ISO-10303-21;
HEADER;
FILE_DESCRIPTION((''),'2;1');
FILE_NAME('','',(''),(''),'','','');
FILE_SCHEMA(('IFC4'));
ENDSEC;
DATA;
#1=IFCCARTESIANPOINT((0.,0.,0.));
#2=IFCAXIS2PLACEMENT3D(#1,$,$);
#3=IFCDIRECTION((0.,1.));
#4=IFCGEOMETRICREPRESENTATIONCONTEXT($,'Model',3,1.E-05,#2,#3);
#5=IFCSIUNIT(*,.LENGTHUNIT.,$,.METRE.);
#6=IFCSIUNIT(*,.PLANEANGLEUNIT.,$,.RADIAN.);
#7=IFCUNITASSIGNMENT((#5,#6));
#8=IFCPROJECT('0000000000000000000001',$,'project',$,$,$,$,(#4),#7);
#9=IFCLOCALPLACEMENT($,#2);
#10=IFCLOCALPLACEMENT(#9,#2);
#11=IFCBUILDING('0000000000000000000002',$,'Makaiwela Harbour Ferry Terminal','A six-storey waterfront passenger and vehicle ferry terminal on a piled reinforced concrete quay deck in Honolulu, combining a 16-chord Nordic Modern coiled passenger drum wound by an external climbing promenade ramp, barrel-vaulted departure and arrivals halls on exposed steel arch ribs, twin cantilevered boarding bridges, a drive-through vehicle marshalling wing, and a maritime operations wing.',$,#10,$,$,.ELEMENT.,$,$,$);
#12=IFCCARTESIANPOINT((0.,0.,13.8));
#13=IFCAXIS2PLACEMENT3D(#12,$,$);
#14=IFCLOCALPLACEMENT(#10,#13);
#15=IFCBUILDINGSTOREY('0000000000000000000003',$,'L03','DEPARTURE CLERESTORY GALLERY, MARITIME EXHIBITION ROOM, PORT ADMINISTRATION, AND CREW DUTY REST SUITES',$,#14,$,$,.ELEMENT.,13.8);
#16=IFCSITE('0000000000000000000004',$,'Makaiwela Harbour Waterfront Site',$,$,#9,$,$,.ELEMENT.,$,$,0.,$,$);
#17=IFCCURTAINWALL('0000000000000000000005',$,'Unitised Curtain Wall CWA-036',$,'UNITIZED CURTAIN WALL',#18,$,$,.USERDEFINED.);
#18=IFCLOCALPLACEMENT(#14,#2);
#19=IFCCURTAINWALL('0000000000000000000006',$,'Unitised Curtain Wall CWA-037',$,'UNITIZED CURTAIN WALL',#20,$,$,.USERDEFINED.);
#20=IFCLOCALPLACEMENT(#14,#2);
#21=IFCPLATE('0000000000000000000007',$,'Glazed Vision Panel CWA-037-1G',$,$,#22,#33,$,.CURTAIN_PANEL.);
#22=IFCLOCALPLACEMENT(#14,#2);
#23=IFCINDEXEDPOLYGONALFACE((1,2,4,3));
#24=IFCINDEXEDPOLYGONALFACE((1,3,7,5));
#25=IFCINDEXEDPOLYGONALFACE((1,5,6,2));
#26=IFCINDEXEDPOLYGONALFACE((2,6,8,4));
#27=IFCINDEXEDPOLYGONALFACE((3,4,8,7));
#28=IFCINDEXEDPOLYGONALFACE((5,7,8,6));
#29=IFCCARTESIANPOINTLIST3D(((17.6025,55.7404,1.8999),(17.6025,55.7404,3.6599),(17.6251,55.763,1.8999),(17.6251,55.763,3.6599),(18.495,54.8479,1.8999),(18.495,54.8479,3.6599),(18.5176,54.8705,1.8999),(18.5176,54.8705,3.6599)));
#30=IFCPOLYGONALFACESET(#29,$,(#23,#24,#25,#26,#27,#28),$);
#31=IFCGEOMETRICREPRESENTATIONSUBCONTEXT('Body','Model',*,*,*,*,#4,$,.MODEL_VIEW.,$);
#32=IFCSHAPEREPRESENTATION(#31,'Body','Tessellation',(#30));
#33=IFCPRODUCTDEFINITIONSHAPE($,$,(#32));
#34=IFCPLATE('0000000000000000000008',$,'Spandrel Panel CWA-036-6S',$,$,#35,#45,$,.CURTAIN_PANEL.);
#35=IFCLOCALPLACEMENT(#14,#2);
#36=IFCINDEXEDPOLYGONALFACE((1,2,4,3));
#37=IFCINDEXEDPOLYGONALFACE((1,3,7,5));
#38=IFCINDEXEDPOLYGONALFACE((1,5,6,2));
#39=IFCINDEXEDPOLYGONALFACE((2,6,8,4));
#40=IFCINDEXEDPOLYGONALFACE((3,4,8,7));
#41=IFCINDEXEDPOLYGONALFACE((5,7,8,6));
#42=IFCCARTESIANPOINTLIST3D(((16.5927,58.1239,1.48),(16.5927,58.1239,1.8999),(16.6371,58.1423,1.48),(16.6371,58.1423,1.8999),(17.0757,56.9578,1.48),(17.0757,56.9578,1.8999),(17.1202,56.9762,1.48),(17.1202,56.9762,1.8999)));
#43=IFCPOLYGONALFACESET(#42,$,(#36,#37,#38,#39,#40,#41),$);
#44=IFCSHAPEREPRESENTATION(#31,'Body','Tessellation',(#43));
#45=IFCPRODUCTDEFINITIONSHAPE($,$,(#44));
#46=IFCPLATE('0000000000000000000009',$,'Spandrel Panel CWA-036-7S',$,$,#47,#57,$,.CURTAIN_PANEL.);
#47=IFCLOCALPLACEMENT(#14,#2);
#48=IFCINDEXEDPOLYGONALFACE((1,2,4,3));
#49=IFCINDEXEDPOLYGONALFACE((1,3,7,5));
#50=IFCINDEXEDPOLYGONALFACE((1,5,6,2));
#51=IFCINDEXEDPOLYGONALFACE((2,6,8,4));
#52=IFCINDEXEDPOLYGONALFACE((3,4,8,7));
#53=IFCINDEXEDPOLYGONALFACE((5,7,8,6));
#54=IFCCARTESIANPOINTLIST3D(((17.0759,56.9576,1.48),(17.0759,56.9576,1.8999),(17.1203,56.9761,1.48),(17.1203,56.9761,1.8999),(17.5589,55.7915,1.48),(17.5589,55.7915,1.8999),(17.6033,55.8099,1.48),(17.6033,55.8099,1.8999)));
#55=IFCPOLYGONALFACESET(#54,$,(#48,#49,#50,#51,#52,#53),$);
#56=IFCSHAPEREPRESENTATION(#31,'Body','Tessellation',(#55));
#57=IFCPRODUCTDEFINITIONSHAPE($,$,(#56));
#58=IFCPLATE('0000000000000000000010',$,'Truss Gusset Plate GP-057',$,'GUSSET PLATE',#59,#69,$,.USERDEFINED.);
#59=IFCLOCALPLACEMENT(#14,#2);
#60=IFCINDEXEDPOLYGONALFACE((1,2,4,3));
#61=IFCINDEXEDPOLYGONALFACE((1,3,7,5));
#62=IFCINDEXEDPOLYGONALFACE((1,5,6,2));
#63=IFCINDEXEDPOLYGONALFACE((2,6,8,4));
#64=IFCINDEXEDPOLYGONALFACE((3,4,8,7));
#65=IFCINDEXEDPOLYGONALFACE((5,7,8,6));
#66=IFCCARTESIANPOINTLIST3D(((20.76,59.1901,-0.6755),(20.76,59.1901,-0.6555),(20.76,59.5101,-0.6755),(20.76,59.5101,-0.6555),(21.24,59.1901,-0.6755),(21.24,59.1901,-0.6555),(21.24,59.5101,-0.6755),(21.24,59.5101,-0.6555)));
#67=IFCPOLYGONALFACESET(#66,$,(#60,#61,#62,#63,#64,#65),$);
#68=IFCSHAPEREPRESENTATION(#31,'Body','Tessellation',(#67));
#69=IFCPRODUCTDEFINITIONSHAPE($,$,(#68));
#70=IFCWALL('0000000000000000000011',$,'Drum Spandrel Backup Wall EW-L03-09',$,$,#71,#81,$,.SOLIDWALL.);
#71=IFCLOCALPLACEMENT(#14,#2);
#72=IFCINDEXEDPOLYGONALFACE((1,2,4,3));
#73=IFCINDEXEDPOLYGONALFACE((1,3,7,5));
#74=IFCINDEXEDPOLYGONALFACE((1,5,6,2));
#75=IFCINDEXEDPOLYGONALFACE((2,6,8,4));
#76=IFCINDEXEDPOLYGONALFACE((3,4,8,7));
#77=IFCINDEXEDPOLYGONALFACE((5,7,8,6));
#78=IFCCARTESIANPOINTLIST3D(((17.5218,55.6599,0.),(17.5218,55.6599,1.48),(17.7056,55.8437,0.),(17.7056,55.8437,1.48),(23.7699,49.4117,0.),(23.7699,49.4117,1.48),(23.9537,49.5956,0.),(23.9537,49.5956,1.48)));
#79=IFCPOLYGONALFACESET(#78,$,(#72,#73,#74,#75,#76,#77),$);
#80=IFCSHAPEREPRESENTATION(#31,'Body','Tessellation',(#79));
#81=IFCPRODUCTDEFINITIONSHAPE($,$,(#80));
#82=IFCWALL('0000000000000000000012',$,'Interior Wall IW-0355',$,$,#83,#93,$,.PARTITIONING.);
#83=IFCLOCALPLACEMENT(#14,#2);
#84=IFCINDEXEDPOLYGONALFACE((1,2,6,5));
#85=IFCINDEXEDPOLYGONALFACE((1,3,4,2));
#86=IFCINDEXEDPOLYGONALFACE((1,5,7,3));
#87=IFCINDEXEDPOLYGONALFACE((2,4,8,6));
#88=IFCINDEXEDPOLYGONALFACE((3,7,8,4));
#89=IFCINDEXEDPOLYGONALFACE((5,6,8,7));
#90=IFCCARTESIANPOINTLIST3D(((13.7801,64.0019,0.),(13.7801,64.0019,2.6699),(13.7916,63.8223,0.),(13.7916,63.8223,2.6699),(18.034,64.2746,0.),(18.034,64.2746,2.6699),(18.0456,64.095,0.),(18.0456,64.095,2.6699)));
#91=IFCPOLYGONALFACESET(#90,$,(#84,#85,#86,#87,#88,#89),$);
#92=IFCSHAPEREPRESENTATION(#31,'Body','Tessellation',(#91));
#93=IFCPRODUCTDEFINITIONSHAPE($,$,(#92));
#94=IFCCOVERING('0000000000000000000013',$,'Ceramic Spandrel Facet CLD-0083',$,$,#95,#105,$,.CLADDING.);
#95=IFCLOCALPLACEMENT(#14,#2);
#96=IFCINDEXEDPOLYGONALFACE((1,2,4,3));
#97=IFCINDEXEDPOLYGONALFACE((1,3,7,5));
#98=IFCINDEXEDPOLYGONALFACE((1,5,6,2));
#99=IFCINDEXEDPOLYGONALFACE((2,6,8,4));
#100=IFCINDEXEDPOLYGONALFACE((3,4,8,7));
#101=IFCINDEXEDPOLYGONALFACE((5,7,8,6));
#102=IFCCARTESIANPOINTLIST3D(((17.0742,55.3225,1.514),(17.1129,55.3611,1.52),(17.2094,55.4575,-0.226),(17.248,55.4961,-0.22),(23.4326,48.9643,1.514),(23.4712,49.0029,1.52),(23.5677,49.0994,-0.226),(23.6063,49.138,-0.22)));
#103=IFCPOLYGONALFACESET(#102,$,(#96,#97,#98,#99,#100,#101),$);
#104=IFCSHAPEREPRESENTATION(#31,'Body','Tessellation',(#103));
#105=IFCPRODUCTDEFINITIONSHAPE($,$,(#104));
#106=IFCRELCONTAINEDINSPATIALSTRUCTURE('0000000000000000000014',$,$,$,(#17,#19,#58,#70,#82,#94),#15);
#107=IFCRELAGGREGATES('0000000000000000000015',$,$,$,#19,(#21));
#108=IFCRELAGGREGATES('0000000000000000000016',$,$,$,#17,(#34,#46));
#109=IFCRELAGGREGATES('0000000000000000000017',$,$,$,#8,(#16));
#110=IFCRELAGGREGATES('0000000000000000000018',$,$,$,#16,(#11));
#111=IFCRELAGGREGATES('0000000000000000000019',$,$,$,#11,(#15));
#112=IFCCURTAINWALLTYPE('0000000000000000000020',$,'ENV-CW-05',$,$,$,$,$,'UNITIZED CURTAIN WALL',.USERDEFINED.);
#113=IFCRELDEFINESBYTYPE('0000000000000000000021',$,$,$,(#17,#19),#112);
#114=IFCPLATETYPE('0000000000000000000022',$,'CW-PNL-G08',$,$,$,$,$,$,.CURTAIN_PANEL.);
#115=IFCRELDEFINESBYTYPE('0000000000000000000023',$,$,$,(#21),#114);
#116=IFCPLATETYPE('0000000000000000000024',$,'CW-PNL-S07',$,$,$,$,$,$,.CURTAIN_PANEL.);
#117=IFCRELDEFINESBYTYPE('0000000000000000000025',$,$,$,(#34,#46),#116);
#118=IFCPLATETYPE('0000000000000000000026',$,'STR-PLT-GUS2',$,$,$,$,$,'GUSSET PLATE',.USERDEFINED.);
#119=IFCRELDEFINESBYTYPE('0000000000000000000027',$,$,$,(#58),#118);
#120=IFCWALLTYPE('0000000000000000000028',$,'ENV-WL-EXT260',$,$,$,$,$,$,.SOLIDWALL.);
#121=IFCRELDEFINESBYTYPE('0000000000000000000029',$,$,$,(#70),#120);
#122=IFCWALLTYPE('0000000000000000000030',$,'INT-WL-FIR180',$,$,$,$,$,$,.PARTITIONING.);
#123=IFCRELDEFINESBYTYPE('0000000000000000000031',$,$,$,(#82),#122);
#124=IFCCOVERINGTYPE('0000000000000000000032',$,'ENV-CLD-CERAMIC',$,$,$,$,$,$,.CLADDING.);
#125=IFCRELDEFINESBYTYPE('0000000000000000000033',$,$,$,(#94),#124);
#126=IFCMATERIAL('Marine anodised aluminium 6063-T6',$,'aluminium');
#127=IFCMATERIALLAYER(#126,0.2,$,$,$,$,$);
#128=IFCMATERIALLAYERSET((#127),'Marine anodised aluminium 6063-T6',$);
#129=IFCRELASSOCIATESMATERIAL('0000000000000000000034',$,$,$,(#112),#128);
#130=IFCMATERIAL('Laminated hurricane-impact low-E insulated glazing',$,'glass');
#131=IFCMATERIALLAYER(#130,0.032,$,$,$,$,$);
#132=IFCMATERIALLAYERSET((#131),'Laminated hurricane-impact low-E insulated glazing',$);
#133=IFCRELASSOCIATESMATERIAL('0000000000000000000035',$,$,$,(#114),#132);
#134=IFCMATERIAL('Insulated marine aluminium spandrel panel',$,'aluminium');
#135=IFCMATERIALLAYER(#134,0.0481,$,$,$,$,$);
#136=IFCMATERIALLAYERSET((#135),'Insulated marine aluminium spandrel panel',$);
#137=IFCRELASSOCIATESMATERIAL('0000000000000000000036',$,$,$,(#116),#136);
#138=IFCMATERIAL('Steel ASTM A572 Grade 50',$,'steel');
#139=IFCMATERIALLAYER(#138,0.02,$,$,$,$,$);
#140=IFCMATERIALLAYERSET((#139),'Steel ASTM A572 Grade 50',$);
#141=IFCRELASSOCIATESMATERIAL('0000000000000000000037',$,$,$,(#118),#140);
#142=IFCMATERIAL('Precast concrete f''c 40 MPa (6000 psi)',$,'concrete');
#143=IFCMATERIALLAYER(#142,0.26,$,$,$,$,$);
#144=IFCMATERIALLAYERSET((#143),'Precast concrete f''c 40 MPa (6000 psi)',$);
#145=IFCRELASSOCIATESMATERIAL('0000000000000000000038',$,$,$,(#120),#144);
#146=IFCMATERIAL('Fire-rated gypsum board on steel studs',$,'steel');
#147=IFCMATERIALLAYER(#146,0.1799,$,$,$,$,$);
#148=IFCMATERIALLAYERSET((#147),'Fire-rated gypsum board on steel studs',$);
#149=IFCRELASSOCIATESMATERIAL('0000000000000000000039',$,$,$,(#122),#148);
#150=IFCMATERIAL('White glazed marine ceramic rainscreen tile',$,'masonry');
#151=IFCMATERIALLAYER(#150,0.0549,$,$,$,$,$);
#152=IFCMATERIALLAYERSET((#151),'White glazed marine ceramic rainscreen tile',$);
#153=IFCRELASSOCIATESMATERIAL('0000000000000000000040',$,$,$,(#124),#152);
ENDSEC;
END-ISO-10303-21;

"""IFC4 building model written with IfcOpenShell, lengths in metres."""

from ifc_helpers import new_model, si_unit, direction, frame, frame_2d, origin, origin_2d, place, context, subcontext, project, spatial, polyline, rectangle, outline, extrude, material, layer, layer_set, type_object, element, aggregate, save


model = new_model("IFC4")

# Units and contexts
model_context = context("Model", 3, precision=1e-05, world=origin(), true_north=direction((0.0, 1.0)))
body_context = subcontext(model_context, "Body", "Model", "MODEL_VIEW")
ifc_project = project(units=[si_unit("LENGTHUNIT", "METRE"), si_unit("PLANEANGLEUNIT", "RADIAN")], contexts=[model_context])

# Site, building, storey
site_placement = place(None, origin())
site = spatial("IfcSite", under=ifc_project, at=site_placement, Name="Makaiwela Harbour Waterfront Site", CompositionType="ELEMENT", RefElevation=0.0)
building_placement = place(site_placement, origin())
building = spatial("IfcBuilding", under=site, at=building_placement, Name="Makaiwela Harbour Ferry Terminal", Description="A six-storey waterfront passenger and vehicle ferry terminal on a piled reinforced concrete quay deck in Honolulu, combining a 16-chord Nordic Modern coiled passenger drum wound by an external climbing promenade ramp, barrel-vaulted departure and arrivals halls on exposed steel arch ribs, twin cantilevered boarding bridges, a drive-through vehicle marshalling wing, and a maritime operations wing.", CompositionType="ELEMENT")
storey_placement = place(building_placement, frame((0.0, 0.0, 13.8)))
storey = spatial("IfcBuildingStorey", under=building, at=storey_placement, Name="L03", Description="DEPARTURE CLERESTORY GALLERY, MARITIME EXHIBITION ROOM, PORT ADMINISTRATION, AND CREW DUTY REST SUITES", CompositionType="ELEMENT", Elevation=13.8)

# Curtain wall
ifc_material_1 = material(Name="Marine anodised aluminium 6063-T6", Category="aluminium")
ifc_layer_1 = layer(ifc_material_1, 0.2)
ifc_layer_set_1 = layer_set([ifc_layer_1], Name="Marine anodised aluminium 6063-T6")
curtain_wall_type = type_object("IfcCurtainWallType", Name="ENV-CW-05", ElementType="UNITIZED CURTAIN WALL", PredefinedType="USERDEFINED", material=ifc_layer_set_1)
curtain_wall_1_placement = place(storey_placement, origin())
curtain_wall_1 = element("IfcCurtainWall", 1, at=curtain_wall_1_placement, inside=storey, type_object=curtain_wall_type, Name="Unitised Curtain Wall CWA-036", ObjectType="UNITIZED CURTAIN WALL", PredefinedType="USERDEFINED")

# Curtain wall
curtain_wall_2_placement = place(storey_placement, origin())
curtain_wall_2 = element("IfcCurtainWall", 2, at=curtain_wall_2_placement, inside=storey, type_object=curtain_wall_type, Name="Unitised Curtain Wall CWA-037", ObjectType="UNITIZED CURTAIN WALL", PredefinedType="USERDEFINED")

# Plates
ifc_material_2 = material(Name="Laminated hurricane-impact low-E insulated glazing", Category="glass")
ifc_layer_2 = layer(ifc_material_2, 0.032)
ifc_layer_set_2 = layer_set([ifc_layer_2], Name="Laminated hurricane-impact low-E insulated glazing")
plate_type_1 = type_object("IfcPlateType", Name="CW-PNL-G08", PredefinedType="CURTAIN_PANEL", material=ifc_layer_set_2)
plate_1_placement = place(storey_placement, frame((18.0601, 55.3054, 1.8999), z_axis=(0.0, 0.0, 1.0), x_axis=(0.707107, -0.707107, 0.0)))
plate_1 = element("IfcPlate", 3, at=plate_1_placement, type_object=plate_type_1, Name="Glazed Vision Panel CWA-037-1G", PredefinedType="CURTAIN_PANEL", context=body_context, shape_type="SweptSolid", body=[
    extrude(rectangle(XDim=1.2622, YDim=0.032, at=origin_2d()), origin(), (0.0, 0.0, 1.0), 1.76),
])
aggregate(curtain_wall_2, [plate_1])
ifc_material_3 = material(Name="Insulated marine aluminium spandrel panel", Category="aluminium")
ifc_layer_3 = layer(ifc_material_3, 0.0481)
ifc_layer_set_3 = layer_set([ifc_layer_3], Name="Insulated marine aluminium spandrel panel")
plate_type_2 = type_object("IfcPlateType", Name="CW-PNL-S07", PredefinedType="CURTAIN_PANEL", material=ifc_layer_set_3)
plate_2_placement = place(storey_placement, frame((16.8564, 57.55, 1.48), z_axis=(0.0, 0.0, 1.0), x_axis=(0.382683, -0.92388, 0.0)))
plate_2 = element("IfcPlate", 4, at=plate_2_placement, type_object=plate_type_2, Name="Spandrel Panel CWA-036-6S", PredefinedType="CURTAIN_PANEL", context=body_context, shape_type="SweptSolid", body=[
    extrude(rectangle(XDim=1.2622, YDim=0.0481, at=origin_2d()), origin(), (0.0, 0.0, 1.0), 0.4199),
])
plate_3_placement = place(storey_placement, frame((17.3396, 56.3838, 1.48), z_axis=(0.0, 0.0, 1.0), x_axis=(0.382683, -0.92388, 0.0)))
plate_3 = element("IfcPlate", 5, at=plate_3_placement, type_object=plate_type_2, Name="Spandrel Panel CWA-036-7S", PredefinedType="CURTAIN_PANEL", context=body_context, shape_type="SweptSolid", body=[
    extrude(rectangle(XDim=1.2622, YDim=0.0481, at=origin_2d()), origin(), (0.0, 0.0, 1.0), 0.4199),
])
aggregate(curtain_wall_1, [plate_2, plate_3])
ifc_material_4 = material(Name="Steel ASTM A572 Grade 50", Category="steel")
ifc_layer_4 = layer(ifc_material_4, 0.02)
ifc_layer_set_4 = layer_set([ifc_layer_4], Name="Steel ASTM A572 Grade 50")
plate_type_3 = type_object("IfcPlateType", Name="STR-PLT-GUS2", ElementType="GUSSET PLATE", PredefinedType="USERDEFINED", material=ifc_layer_set_4)
plate_4_placement = place(storey_placement, frame((21.0, 59.3501, -0.6755), z_axis=(0.0, 0.0, 1.0), x_axis=(1.0, 0.0, 0.0)))
element("IfcPlate", 6, at=plate_4_placement, inside=storey, type_object=plate_type_3, Name="Truss Gusset Plate GP-057", ObjectType="GUSSET PLATE", PredefinedType="USERDEFINED", context=body_context, shape_type="SweptSolid", body=[
    extrude(rectangle(XDim=0.48, YDim=0.3201, at=origin_2d()), origin(), (0.0, 0.0, 1.0), 0.02),
])

# Walls
ifc_material_5 = material(Name="Precast concrete f'c 40 MPa (6000 psi)", Category="concrete")
ifc_layer_5 = layer(ifc_material_5, 0.26)
ifc_layer_set_5 = layer_set([ifc_layer_5], Name="Precast concrete f'c 40 MPa (6000 psi)")
wall_type_1 = type_object("IfcWallType", Name="ENV-WL-EXT260", PredefinedType="SOLIDWALL", material=ifc_layer_set_5)
wall_1_placement = place(storey_placement, frame((17.6138, 55.7517, 0.0), z_axis=(0.0, 0.0, 1.0), x_axis=(0.707107, -0.707107, 0.0)))
element("IfcWall", 7, at=wall_1_placement, inside=storey, type_object=wall_type_1, Name="Drum Spandrel Backup Wall EW-L03-09", PredefinedType="SOLIDWALL", context=body_context, shape_type="SweptSolid", body=[
    extrude(rectangle(XDim=8.8362, YDim=0.26, at=frame_2d((4.418, 0.0))), origin(), (0.0, 0.0, 1.0), 1.48),
])
ifc_material_6 = material(Name="Fire-rated gypsum board on steel studs", Category="steel")
ifc_layer_6 = layer(ifc_material_6, 0.1799)
ifc_layer_set_6 = layer_set([ifc_layer_6], Name="Fire-rated gypsum board on steel studs")
wall_type_2 = type_object("IfcWallType", Name="INT-WL-FIR180", PredefinedType="PARTITIONING", material=ifc_layer_set_6)
wall_2_placement = place(storey_placement, frame((18.0398, 64.1848, 0.0), z_axis=(0.0, 0.0, 1.0), x_axis=(-0.997951, -0.063976, 0.0)))
element("IfcWall", 8, at=wall_2_placement, inside=storey, type_object=wall_type_2, Name="Interior Wall IW-0355", PredefinedType="PARTITIONING", context=body_context, shape_type="SweptSolid", body=[
    extrude(rectangle(XDim=4.2627, YDim=0.1799, at=frame_2d((2.1313, 0.0))), origin(), (0.0, 0.0, 1.0), 2.6699),
])

# Covering
ifc_material_7 = material(Name="White glazed marine ceramic rainscreen tile", Category="masonry")
ifc_layer_7 = layer(ifc_material_7, 0.0549)
ifc_layer_set_7 = layer_set([ifc_layer_7], Name="White glazed marine ceramic rainscreen tile")
covering_type = type_object("IfcCoveringType", Name="ENV-CLD-CERAMIC", PredefinedType="CLADDING", material=ifc_layer_set_7)
covering_placement = place(storey_placement, frame((17.248, 55.4961, -0.22), z_axis=(0.702877, 0.702891, 0.109126), x_axis=(0.707113, -0.7071, 0.000001)))
element("IfcCovering", 9, at=covering_placement, inside=storey, type_object=covering_type, Name="Ceramic Spandrel Facet CLD-0083", PredefinedType="CLADDING", context=body_context, shape_type="SweptSolid", body=[
    extrude(outline(polyline([(0.0, 0.0), (8.9918, 0.0), (8.9918, -1.7504), (-0.0002, -1.7505), (0.0, 0.0)])), origin(), (0.0, 0.0, -1.0), 0.0549),
])

save(model, "model.ifc")
